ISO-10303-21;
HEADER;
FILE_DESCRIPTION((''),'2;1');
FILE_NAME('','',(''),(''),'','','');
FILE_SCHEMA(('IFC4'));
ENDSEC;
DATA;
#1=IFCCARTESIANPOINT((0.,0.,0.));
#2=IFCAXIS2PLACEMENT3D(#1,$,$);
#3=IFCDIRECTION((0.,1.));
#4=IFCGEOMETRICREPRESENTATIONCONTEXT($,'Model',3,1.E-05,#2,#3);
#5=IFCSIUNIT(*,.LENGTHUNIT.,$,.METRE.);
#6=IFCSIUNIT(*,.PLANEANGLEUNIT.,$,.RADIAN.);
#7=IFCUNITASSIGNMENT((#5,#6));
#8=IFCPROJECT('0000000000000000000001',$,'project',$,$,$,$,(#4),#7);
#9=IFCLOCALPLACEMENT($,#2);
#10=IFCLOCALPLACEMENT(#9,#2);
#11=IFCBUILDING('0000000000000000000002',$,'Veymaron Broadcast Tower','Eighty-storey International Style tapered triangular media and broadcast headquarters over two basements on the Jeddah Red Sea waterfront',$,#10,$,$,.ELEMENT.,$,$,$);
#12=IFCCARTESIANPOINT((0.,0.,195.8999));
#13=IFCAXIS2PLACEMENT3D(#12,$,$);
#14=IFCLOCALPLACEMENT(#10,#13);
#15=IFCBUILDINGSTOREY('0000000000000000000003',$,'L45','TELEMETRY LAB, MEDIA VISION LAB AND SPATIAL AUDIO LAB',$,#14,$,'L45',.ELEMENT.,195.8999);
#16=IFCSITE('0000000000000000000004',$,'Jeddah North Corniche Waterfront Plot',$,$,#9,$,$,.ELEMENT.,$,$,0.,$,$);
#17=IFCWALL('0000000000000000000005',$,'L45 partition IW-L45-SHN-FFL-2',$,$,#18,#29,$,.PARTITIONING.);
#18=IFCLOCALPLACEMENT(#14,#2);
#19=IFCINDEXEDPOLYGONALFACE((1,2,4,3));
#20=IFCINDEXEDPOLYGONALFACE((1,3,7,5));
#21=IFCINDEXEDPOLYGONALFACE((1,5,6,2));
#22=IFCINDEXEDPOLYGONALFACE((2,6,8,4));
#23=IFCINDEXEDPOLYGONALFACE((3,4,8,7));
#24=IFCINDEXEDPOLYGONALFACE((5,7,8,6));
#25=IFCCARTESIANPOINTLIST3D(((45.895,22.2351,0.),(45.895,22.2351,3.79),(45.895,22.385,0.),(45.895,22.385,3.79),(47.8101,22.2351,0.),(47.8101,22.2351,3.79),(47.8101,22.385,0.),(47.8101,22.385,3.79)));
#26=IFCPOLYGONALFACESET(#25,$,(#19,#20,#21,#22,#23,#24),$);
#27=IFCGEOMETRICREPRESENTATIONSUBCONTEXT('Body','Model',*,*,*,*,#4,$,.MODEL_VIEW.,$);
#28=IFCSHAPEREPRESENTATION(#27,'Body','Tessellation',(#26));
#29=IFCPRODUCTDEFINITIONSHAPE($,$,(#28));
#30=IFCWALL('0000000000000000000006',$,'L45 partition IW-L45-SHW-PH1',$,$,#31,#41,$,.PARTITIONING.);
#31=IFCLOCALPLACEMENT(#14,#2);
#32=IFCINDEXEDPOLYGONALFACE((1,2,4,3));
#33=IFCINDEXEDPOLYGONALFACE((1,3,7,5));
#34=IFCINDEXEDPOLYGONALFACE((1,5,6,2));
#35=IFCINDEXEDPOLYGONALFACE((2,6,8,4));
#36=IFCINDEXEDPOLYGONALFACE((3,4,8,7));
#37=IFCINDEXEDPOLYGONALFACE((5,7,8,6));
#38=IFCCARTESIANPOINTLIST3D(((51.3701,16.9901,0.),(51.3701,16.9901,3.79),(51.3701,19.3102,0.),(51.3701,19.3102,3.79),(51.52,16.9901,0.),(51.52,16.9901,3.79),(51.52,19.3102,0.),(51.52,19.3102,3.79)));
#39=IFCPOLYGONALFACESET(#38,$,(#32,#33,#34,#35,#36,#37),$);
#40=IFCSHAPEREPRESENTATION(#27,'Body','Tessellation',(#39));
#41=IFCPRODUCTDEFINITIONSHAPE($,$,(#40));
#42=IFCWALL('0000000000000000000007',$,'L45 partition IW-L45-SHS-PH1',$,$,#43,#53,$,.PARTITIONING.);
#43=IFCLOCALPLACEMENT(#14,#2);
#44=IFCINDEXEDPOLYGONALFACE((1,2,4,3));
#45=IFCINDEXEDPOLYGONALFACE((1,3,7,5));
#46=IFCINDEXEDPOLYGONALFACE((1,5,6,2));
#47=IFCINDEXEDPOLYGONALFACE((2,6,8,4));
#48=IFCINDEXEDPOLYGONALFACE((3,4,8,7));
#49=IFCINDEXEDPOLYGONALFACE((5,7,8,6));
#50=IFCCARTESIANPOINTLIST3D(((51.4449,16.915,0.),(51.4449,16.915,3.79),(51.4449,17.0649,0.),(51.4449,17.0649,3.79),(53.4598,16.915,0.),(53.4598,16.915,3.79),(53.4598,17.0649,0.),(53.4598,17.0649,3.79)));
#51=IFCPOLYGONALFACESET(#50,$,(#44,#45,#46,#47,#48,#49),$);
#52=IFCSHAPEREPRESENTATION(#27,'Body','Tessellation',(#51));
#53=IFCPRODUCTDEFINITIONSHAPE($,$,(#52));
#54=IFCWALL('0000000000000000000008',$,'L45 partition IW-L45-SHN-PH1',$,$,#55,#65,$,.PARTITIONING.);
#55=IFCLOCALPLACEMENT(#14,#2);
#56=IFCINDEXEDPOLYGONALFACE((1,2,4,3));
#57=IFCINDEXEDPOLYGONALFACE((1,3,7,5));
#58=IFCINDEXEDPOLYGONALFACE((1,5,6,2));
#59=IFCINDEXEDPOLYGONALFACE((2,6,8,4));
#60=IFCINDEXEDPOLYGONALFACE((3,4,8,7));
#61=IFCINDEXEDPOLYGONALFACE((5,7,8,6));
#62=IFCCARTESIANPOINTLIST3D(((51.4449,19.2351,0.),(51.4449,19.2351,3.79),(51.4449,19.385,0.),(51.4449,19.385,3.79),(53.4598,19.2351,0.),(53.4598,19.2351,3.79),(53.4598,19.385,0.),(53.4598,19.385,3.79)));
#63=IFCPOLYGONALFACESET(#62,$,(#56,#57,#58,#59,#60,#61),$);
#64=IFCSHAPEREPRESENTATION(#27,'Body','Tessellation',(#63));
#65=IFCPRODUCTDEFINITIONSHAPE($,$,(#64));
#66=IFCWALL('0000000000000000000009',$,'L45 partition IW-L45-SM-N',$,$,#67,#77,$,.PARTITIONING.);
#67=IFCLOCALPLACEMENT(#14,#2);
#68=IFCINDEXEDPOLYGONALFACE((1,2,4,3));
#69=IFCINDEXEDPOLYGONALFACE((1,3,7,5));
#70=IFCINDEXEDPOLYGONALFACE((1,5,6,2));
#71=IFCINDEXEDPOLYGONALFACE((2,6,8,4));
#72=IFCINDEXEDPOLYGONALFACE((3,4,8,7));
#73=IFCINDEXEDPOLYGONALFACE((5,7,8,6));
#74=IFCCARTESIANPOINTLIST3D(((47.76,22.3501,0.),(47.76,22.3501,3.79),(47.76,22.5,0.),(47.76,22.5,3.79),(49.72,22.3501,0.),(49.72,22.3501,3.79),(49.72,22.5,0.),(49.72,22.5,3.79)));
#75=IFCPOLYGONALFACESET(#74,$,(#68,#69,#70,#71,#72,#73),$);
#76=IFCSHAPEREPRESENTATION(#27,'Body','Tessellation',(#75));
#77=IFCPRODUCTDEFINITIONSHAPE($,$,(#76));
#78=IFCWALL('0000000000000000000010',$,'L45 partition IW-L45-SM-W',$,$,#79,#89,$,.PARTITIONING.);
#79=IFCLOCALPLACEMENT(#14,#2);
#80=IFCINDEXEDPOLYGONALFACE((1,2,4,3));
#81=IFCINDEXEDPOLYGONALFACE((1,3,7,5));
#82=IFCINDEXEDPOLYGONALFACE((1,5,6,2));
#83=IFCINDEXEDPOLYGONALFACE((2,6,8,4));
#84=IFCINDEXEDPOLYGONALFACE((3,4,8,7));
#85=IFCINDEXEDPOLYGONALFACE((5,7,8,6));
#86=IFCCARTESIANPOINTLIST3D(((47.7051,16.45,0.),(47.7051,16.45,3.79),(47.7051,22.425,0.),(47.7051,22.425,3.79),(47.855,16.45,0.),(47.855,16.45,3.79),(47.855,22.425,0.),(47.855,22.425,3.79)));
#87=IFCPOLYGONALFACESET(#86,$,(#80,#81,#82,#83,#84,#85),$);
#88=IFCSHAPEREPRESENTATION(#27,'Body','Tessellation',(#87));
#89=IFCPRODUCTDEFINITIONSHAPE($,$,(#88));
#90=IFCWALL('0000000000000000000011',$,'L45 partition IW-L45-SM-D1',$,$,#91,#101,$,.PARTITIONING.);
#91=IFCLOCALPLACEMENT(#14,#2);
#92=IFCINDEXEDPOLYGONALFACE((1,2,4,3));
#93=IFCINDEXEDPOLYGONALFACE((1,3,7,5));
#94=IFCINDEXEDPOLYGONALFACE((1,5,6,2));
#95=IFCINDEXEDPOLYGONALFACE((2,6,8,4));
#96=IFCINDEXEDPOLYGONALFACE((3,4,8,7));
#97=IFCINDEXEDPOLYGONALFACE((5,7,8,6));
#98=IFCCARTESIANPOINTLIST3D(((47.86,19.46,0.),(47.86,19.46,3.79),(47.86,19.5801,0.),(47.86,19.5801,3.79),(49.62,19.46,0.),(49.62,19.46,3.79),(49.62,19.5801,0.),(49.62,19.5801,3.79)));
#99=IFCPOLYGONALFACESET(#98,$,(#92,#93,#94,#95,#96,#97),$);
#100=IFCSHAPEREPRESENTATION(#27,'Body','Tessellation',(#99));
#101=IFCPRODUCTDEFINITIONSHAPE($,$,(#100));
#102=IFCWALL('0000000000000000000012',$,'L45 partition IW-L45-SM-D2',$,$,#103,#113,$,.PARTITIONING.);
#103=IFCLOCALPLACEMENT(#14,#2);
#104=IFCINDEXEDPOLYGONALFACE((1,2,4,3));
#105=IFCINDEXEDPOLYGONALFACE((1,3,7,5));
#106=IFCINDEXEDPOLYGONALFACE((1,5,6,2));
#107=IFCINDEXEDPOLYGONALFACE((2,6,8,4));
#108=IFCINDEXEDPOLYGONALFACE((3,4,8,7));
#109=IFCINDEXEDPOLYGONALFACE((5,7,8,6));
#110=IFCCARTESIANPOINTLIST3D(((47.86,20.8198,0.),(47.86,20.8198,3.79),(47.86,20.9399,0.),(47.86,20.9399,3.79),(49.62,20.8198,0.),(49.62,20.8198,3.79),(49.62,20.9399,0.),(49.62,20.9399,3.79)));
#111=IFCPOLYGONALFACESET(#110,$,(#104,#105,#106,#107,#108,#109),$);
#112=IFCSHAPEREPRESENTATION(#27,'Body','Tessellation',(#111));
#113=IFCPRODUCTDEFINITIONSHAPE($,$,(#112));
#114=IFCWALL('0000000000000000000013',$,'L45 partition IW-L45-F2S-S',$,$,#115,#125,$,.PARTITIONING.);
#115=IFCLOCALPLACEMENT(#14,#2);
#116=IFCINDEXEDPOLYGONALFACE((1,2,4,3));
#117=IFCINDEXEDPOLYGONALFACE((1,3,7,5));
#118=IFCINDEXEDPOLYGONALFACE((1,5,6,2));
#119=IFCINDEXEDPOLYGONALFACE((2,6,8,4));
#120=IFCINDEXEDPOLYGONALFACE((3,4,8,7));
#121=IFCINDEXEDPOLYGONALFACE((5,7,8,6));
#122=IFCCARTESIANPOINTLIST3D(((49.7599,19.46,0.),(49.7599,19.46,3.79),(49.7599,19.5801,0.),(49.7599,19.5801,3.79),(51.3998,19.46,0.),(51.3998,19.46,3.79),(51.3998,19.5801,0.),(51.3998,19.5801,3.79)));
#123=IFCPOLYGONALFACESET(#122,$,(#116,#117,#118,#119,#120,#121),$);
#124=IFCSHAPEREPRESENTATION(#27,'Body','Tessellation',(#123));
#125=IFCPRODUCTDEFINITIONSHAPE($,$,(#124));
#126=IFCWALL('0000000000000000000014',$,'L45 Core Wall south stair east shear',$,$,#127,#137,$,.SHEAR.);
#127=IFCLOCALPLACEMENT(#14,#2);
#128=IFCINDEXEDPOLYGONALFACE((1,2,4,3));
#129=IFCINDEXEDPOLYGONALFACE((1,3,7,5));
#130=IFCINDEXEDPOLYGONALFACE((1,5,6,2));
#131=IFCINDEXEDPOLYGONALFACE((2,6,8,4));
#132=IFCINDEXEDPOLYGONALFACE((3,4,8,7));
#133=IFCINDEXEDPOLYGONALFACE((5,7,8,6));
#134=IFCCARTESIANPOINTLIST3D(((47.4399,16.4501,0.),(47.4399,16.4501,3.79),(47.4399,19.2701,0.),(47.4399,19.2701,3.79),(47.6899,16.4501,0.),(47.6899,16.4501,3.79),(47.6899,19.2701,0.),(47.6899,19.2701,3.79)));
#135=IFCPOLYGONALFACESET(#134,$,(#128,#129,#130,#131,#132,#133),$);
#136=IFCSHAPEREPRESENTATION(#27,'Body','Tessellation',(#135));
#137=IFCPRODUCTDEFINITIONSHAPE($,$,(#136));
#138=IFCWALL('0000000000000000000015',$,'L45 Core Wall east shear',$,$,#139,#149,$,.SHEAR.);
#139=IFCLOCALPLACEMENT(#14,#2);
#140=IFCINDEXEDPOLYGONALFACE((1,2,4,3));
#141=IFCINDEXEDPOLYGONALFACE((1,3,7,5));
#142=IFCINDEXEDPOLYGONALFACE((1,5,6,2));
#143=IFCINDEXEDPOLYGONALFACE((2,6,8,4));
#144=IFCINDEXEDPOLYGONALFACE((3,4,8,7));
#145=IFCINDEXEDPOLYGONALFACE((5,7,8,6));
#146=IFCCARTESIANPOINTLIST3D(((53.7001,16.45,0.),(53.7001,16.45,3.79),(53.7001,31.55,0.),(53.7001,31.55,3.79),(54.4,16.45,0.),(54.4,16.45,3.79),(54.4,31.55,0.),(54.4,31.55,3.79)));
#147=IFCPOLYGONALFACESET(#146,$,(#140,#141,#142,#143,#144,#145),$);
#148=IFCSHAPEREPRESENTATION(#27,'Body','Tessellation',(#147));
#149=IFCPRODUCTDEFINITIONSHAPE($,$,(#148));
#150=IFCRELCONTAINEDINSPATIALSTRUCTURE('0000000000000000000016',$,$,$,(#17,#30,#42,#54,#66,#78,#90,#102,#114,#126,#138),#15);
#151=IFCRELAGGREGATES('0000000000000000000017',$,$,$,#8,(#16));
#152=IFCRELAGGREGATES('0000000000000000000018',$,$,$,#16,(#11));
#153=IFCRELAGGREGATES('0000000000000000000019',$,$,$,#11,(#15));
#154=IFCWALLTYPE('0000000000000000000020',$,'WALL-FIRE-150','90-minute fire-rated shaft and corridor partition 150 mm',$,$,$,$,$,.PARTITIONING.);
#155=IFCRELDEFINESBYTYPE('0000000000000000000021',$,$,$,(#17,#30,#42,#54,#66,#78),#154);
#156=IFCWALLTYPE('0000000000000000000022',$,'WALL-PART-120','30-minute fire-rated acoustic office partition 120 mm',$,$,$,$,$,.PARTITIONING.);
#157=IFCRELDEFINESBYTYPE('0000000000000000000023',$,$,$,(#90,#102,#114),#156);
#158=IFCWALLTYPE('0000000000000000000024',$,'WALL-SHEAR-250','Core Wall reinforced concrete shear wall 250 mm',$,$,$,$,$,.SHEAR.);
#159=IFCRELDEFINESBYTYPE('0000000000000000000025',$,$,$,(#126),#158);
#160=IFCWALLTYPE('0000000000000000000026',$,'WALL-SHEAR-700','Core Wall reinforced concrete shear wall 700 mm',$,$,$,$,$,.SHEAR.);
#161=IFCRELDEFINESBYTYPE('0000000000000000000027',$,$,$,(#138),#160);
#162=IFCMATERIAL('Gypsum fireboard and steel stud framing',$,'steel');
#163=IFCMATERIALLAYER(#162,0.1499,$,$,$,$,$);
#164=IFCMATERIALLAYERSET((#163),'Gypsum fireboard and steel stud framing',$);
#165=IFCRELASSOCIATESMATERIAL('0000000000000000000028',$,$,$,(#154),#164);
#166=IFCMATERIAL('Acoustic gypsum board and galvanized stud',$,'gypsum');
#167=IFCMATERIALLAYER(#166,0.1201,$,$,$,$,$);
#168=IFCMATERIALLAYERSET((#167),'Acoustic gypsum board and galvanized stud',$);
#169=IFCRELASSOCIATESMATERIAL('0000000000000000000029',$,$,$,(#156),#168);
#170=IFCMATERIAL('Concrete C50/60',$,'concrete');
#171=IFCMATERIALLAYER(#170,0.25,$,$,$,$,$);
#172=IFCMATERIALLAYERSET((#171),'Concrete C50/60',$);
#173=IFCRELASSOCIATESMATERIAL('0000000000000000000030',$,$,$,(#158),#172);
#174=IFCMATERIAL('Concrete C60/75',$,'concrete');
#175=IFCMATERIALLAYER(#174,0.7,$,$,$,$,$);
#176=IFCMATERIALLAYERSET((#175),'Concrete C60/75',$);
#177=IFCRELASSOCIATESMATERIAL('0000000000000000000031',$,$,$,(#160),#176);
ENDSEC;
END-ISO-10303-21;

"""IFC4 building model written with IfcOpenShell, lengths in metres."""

from ifc_helpers import new_model, si_unit, direction, frame, frame_2d, origin, place, context, subcontext, project, spatial, rectangle, extrude, material, layer, layer_set, type_object, element, save


model = new_model("IFC4")

# Units and contexts
model_context = context("Model", 3, precision=1e-05, world=origin(), true_north=direction((0.0, 1.0)))
body_context = subcontext(model_context, "Body", "Model", "MODEL_VIEW")
ifc_project = project(units=[si_unit("LENGTHUNIT", "METRE"), si_unit("PLANEANGLEUNIT", "RADIAN")], contexts=[model_context])

# Site, building, storey
site_placement = place(None, origin())
site = spatial("IfcSite", under=ifc_project, at=site_placement, Name="Jeddah North Corniche Waterfront Plot", CompositionType="ELEMENT", RefElevation=0.0)
building_placement = place(site_placement, origin())
building = spatial("IfcBuilding", under=site, at=building_placement, Name="Veymaron Broadcast Tower", Description="Eighty-storey International Style tapered triangular media and broadcast headquarters over two basements on the Jeddah Red Sea waterfront", CompositionType="ELEMENT")
storey_placement = place(building_placement, frame((0.0, 0.0, 195.8999)))
storey = spatial("IfcBuildingStorey", under=building, at=storey_placement, Name="L45", Description="TELEMETRY LAB, MEDIA VISION LAB AND SPATIAL AUDIO LAB", LongName="L45", CompositionType="ELEMENT", Elevation=195.8999)

# Shared definitions
ifc_material_1 = material(Name="Gypsum fireboard and steel stud framing", Category="steel")
ifc_layer_1 = layer(ifc_material_1, 0.1499)
ifc_layer_set_1 = layer_set([ifc_layer_1], Name="Gypsum fireboard and steel stud framing")
wall_type_1 = type_object("IfcWallType", Name="WALL-FIRE-150", Description="90-minute fire-rated shaft and corridor partition 150 mm", PredefinedType="PARTITIONING", material=ifc_layer_set_1)

# Walls
wall_1_placement = place(storey_placement, frame((45.895, 22.3101, 0.0), z_axis=(0.0, 0.0, 1.0), x_axis=(1.0, 0.0, 0.0)))
element("IfcWall", 1, at=wall_1_placement, inside=storey, type_object=wall_type_1, Name="L45 partition IW-L45-SHN-FFL-2", PredefinedType="PARTITIONING", context=body_context, shape_type="SweptSolid", body=[
    extrude(rectangle(XDim=1.915, YDim=0.1499, at=frame_2d((0.9575, 0.0))), origin(), (0.0, 0.0, 1.0), 3.79),
])
wall_2_placement = place(storey_placement, frame((51.4451, 16.99, 0.0), z_axis=(0.0, 0.0, 1.0), x_axis=(0.0, 1.0, 0.0)))
element("IfcWall", 2, at=wall_2_placement, inside=storey, type_object=wall_type_1, Name="L45 partition IW-L45-SHW-PH1", PredefinedType="PARTITIONING", context=body_context, shape_type="SweptSolid", body=[
    extrude(rectangle(XDim=2.3201, YDim=0.1499, at=frame_2d((1.1602, 0.0))), origin(), (0.0, 0.0, 1.0), 3.79),
])
for number, where, z_axis, x_axis, name in (
    (3, (51.4451, 16.99, 0.0), (0.0, 0.0, 1.0), (1.0, 0.0, 0.0), "L45 partition IW-L45-SHS-PH1"),
    (4, (51.4451, 19.3101, 0.0), (0.0, 0.0, 1.0), (1.0, 0.0, 0.0), "L45 partition IW-L45-SHN-PH1"),
):
    element("IfcWall", number, at=place(storey_placement, frame(where, z_axis=z_axis, x_axis=x_axis)), inside=storey, type_object=wall_type_1, Name=name, PredefinedType="PARTITIONING", context=body_context, shape_type="SweptSolid", body=[
        extrude(rectangle(XDim=2.0149, YDim=0.1499, at=frame_2d((1.0073, 0.0))), origin(), (0.0, 0.0, 1.0), 3.79),
    ])

# Walls
wall_3_placement = place(storey_placement, frame((47.76, 22.425, 0.0), z_axis=(0.0, 0.0, 1.0), x_axis=(1.0, 0.0, 0.0)))
element("IfcWall", 5, at=wall_3_placement, inside=storey, type_object=wall_type_1, Name="L45 partition IW-L45-SM-N", PredefinedType="PARTITIONING", context=body_context, shape_type="SweptSolid", body=[
    extrude(rectangle(XDim=1.96, YDim=0.1499, at=frame_2d((0.98, 0.0))), origin(), (0.0, 0.0, 1.0), 3.79),
])
wall_4_placement = place(storey_placement, frame((47.78, 16.45, 0.0), z_axis=(0.0, 0.0, 1.0), x_axis=(0.0, 1.0, 0.0)))
element("IfcWall", 6, at=wall_4_placement, inside=storey, type_object=wall_type_1, Name="L45 partition IW-L45-SM-W", PredefinedType="PARTITIONING", context=body_context, shape_type="SweptSolid", body=[
    extrude(rectangle(XDim=5.9751, YDim=0.1499, at=frame_2d((2.9875, 0.0))), origin(), (0.0, 0.0, 1.0), 3.79),
])
ifc_material_2 = material(Name="Acoustic gypsum board and galvanized stud", Category="gypsum")
ifc_layer_2 = layer(ifc_material_2, 0.1201)
ifc_layer_set_2 = layer_set([ifc_layer_2], Name="Acoustic gypsum board and galvanized stud")
wall_type_2 = type_object("IfcWallType", Name="WALL-PART-120", Description="30-minute fire-rated acoustic office partition 120 mm", PredefinedType="PARTITIONING", material=ifc_layer_set_2)
for number, where, z_axis, x_axis, name in (
    (7, (47.8601, 19.52, 0.0), (0.0, 0.0, 1.0), (1.0, 0.0, 0.0), "L45 partition IW-L45-SM-D1"),
    (8, (47.8601, 20.8799, 0.0), (0.0, 0.0, 1.0), (1.0, 0.0, 0.0), "L45 partition IW-L45-SM-D2"),
):
    element("IfcWall", number, at=place(storey_placement, frame(where, z_axis=z_axis, x_axis=x_axis)), inside=storey, type_object=wall_type_2, Name=name, PredefinedType="PARTITIONING", context=body_context, shape_type="SweptSolid", body=[
        extrude(rectangle(XDim=1.76, YDim=0.1201, at=frame_2d((0.8799, 0.0))), origin(), (0.0, 0.0, 1.0), 3.79),
    ])

# Walls
wall_5_placement = place(storey_placement, frame((49.76, 19.52, 0.0), z_axis=(0.0, 0.0, 1.0), x_axis=(1.0, 0.0, 0.0)))
element("IfcWall", 9, at=wall_5_placement, inside=storey, type_object=wall_type_2, Name="L45 partition IW-L45-F2S-S", PredefinedType="PARTITIONING", context=body_context, shape_type="SweptSolid", body=[
    extrude(rectangle(XDim=1.6399, YDim=0.1201, at=frame_2d((0.8198, 0.0))), origin(), (0.0, 0.0, 1.0), 3.79),
])
ifc_material_3 = material(Name="Concrete C50/60", Category="concrete")
ifc_layer_3 = layer(ifc_material_3, 0.25)
ifc_layer_set_3 = layer_set([ifc_layer_3], Name="Concrete C50/60")
wall_type_3 = type_object("IfcWallType", Name="WALL-SHEAR-250", Description="Core Wall reinforced concrete shear wall 250 mm", PredefinedType="SHEAR", material=ifc_layer_set_3)
wall_6_placement = place(storey_placement, frame((47.5649, 16.45, 0.0), z_axis=(0.0, 0.0, 1.0), x_axis=(0.0, 1.0, 0.0)))
element("IfcWall", 10, at=wall_6_placement, inside=storey, type_object=wall_type_3, Name="L45 Core Wall south stair east shear", PredefinedType="SHEAR", context=body_context, shape_type="SweptSolid", body=[
    extrude(rectangle(XDim=2.8201, YDim=0.25, at=frame_2d((1.4102, 0.0))), origin(), (0.0, 0.0, 1.0), 3.79),
])
ifc_material_4 = material(Name="Concrete C60/75", Category="concrete")
ifc_layer_4 = layer(ifc_material_4, 0.7)
ifc_layer_set_4 = layer_set([ifc_layer_4], Name="Concrete C60/75")
wall_type_4 = type_object("IfcWallType", Name="WALL-SHEAR-700", Description="Core Wall reinforced concrete shear wall 700 mm", PredefinedType="SHEAR", material=ifc_layer_set_4)
wall_7_placement = place(storey_placement, frame((54.05, 16.45, 0.0), z_axis=(0.0, 0.0, 1.0), x_axis=(0.0, 1.0, 0.0)))
element("IfcWall", 11, at=wall_7_placement, inside=storey, type_object=wall_type_4, Name="L45 Core Wall east shear", PredefinedType="SHEAR", context=body_context, shape_type="SweptSolid", body=[
    extrude(rectangle(XDim=15.1001, YDim=0.7, at=frame_2d((7.55, 0.0))), origin(), (0.0, 0.0, 1.0), 3.79),
])

save(model, "model.ifc")
